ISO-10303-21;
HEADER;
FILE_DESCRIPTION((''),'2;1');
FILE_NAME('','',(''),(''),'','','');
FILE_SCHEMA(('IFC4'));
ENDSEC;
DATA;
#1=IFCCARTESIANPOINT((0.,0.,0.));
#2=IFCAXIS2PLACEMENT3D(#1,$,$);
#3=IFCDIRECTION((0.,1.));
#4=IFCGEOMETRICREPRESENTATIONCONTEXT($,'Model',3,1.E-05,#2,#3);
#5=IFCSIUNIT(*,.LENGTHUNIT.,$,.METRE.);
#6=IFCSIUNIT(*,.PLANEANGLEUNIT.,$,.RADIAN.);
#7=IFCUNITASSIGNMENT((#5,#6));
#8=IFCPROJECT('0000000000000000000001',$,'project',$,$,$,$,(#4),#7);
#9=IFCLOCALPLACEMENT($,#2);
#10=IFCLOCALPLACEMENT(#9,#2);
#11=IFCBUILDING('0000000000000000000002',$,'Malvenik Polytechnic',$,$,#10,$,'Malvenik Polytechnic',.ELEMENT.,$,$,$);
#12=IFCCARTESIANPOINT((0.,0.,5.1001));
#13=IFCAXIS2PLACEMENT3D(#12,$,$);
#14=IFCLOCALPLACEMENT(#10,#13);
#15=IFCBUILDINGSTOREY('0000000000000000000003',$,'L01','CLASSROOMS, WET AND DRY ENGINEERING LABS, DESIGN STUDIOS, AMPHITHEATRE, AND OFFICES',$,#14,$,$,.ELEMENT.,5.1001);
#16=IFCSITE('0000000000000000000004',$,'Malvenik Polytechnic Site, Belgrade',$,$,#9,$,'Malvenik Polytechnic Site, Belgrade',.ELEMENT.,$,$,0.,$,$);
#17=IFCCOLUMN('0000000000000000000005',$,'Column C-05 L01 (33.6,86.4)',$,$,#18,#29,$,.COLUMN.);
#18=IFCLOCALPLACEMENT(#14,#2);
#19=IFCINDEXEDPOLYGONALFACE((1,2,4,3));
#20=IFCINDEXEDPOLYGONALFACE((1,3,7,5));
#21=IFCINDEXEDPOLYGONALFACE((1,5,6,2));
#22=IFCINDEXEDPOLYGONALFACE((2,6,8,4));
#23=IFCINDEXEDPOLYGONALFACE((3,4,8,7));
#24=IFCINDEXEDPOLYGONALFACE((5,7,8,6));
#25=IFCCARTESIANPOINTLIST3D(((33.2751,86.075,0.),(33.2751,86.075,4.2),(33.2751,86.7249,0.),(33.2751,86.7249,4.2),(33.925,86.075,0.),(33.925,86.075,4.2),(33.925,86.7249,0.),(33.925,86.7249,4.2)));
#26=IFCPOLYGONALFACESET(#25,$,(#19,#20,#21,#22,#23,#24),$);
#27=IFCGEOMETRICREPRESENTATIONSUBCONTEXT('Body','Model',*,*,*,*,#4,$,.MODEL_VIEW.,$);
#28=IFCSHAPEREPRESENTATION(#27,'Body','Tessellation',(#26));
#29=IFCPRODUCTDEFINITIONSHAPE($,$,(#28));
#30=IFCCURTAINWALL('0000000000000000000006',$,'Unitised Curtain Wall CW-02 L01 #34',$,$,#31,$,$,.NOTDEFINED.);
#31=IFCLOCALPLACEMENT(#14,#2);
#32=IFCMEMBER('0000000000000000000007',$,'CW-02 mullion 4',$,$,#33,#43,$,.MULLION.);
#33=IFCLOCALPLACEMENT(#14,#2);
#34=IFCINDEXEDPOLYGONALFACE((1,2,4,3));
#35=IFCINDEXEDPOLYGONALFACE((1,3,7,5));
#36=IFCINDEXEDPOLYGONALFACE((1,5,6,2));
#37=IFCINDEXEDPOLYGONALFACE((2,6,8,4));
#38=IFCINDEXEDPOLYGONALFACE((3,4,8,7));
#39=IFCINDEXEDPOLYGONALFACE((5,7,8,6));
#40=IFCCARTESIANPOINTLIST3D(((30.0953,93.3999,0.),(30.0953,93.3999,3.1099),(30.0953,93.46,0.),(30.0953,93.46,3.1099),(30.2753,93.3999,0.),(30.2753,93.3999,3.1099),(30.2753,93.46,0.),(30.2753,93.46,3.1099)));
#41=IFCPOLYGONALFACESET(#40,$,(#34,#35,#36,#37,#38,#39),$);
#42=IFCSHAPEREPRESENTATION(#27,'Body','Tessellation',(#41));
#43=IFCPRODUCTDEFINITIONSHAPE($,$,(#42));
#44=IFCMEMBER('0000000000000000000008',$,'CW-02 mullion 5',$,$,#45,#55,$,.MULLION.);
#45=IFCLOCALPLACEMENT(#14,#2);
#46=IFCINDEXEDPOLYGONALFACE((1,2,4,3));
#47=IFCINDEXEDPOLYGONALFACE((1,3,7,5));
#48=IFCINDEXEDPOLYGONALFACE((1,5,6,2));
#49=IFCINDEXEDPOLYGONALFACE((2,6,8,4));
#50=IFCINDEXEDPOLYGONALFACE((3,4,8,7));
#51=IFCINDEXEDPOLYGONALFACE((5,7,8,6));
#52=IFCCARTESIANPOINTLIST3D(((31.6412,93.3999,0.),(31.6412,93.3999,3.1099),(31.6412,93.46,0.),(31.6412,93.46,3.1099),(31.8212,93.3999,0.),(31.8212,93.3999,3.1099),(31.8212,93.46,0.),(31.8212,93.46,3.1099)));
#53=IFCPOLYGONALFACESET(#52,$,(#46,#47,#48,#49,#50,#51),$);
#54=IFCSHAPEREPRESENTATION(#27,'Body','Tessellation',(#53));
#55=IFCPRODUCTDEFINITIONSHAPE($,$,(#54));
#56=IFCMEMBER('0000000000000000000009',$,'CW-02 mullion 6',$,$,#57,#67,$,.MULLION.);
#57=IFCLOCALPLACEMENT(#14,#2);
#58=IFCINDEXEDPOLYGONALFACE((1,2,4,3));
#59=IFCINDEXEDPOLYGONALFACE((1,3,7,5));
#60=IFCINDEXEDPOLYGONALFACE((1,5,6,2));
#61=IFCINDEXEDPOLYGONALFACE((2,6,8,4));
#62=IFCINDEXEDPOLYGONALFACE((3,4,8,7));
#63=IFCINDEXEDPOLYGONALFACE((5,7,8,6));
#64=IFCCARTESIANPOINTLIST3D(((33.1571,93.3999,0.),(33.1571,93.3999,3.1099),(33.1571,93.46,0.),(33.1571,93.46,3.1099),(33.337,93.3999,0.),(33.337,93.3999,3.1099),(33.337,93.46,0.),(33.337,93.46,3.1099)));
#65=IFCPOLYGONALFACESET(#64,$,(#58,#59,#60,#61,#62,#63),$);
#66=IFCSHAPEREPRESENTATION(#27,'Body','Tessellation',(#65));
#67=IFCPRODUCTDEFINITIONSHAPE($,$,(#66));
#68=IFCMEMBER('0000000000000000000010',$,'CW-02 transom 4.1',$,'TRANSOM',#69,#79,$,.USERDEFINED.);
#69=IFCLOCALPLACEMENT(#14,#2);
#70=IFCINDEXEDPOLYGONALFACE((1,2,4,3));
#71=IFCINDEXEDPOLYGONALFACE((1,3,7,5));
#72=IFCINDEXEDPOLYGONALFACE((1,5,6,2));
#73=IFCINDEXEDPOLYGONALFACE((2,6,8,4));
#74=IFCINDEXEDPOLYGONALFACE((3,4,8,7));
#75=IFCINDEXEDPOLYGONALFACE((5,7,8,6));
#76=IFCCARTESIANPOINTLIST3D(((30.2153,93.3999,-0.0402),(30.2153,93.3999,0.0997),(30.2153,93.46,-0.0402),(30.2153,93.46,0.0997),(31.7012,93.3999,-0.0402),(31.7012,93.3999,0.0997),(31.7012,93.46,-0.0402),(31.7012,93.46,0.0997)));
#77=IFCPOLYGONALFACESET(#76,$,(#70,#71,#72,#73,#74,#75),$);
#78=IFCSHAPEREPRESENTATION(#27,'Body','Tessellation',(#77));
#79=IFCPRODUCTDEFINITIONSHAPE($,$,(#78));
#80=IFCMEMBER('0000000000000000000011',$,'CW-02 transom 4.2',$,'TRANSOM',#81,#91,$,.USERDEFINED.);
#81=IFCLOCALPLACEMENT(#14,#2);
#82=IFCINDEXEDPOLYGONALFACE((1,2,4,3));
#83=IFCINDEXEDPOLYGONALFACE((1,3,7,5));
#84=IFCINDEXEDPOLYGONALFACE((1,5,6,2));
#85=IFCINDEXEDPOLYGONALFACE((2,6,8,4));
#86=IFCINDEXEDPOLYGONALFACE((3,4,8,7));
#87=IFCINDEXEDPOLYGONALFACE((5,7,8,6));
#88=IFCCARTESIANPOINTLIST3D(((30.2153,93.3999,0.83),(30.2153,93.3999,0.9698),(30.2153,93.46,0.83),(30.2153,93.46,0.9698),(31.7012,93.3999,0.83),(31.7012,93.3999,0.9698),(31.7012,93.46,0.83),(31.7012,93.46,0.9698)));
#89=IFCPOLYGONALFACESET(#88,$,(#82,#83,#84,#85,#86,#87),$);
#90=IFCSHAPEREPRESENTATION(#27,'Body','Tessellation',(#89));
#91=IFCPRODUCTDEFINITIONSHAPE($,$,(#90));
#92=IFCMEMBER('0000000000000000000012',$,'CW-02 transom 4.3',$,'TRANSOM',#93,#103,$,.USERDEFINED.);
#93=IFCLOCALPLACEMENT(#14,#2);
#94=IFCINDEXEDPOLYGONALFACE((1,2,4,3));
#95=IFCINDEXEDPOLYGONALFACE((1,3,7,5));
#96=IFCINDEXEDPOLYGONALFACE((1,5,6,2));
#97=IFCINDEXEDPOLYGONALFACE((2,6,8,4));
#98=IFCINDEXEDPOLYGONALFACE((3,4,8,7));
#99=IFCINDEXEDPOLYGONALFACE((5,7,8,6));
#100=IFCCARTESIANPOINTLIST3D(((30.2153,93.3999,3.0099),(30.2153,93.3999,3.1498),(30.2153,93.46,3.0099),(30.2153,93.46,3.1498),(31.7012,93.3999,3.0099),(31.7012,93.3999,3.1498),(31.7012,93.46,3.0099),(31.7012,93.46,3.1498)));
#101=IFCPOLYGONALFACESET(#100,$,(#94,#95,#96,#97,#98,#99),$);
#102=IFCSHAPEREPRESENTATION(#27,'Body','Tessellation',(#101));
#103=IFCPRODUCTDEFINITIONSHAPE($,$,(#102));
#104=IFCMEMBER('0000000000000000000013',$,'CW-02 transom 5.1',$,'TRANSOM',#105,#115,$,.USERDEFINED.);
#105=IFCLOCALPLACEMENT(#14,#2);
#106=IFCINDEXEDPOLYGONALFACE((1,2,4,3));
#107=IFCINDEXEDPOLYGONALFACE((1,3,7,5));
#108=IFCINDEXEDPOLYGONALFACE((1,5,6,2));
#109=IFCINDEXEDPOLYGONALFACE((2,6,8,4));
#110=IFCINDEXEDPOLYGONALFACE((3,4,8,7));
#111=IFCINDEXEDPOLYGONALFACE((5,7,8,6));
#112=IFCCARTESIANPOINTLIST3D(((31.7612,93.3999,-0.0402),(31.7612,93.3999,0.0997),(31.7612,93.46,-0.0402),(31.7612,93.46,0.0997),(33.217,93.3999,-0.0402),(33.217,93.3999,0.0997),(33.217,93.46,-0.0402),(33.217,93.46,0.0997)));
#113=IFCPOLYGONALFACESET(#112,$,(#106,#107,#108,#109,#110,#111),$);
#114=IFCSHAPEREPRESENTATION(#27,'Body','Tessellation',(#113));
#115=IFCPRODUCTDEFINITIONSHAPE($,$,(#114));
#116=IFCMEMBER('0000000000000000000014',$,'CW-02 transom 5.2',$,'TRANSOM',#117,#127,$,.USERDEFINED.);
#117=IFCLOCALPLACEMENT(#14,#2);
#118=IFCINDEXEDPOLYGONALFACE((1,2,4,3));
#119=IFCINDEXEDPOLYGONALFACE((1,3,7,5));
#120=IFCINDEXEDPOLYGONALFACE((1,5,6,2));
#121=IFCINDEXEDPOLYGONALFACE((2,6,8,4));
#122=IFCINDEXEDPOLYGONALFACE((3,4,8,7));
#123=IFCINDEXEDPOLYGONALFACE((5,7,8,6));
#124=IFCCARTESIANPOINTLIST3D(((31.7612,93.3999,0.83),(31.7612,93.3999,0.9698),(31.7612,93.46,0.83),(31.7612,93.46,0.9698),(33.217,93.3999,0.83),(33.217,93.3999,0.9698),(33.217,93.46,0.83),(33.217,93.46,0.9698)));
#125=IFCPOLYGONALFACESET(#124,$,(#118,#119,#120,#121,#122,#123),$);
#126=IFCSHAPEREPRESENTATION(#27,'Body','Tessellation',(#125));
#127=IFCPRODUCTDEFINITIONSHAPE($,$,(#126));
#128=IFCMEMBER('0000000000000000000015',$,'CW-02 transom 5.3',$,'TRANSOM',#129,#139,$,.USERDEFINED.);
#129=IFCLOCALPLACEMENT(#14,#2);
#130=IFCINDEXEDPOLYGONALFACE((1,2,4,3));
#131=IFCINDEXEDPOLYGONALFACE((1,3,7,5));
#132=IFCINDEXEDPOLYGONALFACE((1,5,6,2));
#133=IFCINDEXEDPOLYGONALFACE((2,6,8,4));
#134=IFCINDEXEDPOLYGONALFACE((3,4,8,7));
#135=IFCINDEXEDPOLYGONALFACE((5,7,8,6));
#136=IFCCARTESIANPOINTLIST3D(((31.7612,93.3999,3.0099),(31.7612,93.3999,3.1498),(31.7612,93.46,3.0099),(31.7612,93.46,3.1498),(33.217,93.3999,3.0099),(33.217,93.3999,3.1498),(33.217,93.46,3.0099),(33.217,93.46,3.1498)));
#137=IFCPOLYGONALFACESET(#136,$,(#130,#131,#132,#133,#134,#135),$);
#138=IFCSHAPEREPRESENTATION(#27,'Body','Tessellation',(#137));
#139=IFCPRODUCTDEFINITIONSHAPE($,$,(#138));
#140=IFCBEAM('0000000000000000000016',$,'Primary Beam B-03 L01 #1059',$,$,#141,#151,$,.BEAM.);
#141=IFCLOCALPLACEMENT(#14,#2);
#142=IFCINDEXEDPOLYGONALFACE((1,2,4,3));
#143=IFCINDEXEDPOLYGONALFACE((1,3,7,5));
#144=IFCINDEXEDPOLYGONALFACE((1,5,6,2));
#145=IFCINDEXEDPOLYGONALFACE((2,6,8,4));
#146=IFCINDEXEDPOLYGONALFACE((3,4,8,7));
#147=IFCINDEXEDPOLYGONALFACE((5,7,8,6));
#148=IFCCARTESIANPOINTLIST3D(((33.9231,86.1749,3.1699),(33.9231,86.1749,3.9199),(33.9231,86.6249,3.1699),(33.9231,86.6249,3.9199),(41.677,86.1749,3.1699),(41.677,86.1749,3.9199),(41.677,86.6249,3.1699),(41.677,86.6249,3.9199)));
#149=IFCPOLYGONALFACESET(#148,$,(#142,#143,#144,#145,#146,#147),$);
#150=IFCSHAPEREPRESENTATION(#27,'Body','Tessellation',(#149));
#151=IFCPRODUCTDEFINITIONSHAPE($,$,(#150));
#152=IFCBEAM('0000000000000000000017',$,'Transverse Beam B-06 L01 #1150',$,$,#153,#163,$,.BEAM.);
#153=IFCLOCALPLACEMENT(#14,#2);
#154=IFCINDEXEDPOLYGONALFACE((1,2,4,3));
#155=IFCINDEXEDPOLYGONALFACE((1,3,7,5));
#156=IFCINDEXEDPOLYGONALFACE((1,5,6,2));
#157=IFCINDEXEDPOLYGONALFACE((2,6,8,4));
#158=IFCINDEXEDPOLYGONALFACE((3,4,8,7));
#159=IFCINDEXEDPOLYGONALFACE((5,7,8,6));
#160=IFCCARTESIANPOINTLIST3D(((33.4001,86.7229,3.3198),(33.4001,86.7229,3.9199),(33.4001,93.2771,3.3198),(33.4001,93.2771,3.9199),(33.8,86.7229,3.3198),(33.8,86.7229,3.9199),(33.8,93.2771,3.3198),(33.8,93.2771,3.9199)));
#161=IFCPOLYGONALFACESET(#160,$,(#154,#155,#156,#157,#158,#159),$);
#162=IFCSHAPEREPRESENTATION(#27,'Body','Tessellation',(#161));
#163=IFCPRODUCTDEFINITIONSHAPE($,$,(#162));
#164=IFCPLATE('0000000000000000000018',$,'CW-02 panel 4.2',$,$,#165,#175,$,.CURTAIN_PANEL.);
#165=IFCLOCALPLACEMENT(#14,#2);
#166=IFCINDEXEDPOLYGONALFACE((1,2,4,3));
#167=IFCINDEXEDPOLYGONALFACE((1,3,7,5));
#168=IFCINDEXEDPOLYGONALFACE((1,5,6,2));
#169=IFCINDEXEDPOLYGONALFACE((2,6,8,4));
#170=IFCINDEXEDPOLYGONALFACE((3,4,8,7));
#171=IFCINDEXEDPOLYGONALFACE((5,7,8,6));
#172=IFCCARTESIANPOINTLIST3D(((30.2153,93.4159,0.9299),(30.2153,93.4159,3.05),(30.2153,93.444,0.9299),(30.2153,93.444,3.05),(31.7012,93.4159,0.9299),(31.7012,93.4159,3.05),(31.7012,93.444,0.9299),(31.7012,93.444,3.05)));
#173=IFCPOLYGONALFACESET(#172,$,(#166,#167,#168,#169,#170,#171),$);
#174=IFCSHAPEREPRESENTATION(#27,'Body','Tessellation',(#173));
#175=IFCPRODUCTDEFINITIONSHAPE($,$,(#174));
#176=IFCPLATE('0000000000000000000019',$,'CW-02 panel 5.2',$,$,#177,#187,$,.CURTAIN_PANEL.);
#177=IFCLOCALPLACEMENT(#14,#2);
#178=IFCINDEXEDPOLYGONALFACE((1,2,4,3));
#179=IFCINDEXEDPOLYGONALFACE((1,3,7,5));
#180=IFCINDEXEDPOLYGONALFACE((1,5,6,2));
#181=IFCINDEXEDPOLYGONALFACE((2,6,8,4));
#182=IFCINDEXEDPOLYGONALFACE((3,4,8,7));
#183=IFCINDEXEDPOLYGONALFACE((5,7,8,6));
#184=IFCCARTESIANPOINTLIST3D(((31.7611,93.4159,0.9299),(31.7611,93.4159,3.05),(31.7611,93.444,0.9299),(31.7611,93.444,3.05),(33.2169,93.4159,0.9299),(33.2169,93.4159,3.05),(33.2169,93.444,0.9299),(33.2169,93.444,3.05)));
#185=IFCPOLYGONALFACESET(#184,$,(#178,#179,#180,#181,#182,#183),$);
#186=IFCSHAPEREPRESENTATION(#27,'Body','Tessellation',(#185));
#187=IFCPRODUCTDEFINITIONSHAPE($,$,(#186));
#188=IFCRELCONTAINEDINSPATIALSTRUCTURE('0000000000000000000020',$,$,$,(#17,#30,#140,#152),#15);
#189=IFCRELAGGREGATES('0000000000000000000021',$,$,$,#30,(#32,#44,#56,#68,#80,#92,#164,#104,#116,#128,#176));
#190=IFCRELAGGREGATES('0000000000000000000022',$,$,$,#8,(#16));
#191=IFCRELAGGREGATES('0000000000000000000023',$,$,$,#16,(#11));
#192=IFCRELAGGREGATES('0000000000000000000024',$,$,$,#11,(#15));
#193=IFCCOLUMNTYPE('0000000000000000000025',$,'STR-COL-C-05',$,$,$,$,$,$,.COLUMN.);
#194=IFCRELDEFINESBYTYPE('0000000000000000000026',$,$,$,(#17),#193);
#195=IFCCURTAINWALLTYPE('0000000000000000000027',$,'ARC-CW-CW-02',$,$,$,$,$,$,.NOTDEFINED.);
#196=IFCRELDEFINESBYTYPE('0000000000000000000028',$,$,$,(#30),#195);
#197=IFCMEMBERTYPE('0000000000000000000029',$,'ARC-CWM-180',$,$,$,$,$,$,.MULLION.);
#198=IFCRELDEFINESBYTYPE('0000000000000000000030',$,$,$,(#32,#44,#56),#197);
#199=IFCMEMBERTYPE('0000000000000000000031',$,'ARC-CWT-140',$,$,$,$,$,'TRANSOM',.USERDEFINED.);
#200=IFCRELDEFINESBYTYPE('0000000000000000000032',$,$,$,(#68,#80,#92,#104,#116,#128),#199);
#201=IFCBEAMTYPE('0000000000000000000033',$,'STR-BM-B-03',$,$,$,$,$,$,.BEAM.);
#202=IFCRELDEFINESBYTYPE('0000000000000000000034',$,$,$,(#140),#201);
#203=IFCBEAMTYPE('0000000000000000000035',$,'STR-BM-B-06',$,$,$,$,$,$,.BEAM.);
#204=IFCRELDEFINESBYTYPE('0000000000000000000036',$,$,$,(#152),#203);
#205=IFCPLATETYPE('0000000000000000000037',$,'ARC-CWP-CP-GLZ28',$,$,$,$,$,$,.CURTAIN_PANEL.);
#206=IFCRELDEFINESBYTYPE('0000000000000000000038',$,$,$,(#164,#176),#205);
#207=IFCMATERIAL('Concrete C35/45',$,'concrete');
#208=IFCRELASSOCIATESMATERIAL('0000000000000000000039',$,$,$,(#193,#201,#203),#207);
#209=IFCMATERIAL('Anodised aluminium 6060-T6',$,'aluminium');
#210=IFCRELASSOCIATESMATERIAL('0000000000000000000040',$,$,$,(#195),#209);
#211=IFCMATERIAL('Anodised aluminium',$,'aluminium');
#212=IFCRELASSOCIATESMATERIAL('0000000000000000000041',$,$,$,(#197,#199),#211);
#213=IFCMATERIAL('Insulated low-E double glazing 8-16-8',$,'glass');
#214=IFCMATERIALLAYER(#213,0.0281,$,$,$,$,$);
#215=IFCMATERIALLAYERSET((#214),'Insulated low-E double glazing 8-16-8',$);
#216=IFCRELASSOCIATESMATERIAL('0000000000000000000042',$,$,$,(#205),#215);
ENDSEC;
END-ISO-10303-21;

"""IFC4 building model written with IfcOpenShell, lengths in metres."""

from ifc_helpers import new_model, si_unit, direction, frame, origin, origin_2d, place, context, subcontext, project, spatial, rectangle, extrude, material, layer, layer_set, material_profile, profile_set, type_object, element, aggregate, save


model = new_model("IFC4")

# Units and contexts
model_context = context("Model", 3, precision=1e-05, world=origin(), true_north=direction((0.0, 1.0)))
body_context = subcontext(model_context, "Body", "Model", "MODEL_VIEW")
ifc_project = project(units=[si_unit("LENGTHUNIT", "METRE"), si_unit("PLANEANGLEUNIT", "RADIAN")], contexts=[model_context])

# Site, building, storey
site_placement = place(None, origin())
site = spatial("IfcSite", under=ifc_project, at=site_placement, Name="Malvenik Polytechnic Site, Belgrade", LongName="Malvenik Polytechnic Site, Belgrade", CompositionType="ELEMENT", RefElevation=0.0)
building_placement = place(site_placement, origin())
building = spatial("IfcBuilding", under=site, at=building_placement, Name="Malvenik Polytechnic", LongName="Malvenik Polytechnic", CompositionType="ELEMENT")
storey_placement = place(building_placement, frame((0.0, 0.0, 5.1001)))
storey = spatial("IfcBuildingStorey", under=building, at=storey_placement, Name="L01", Description="CLASSROOMS, WET AND DRY ENGINEERING LABS, DESIGN STUDIOS, AMPHITHEATRE, AND OFFICES", CompositionType="ELEMENT", Elevation=5.1001)

# Column
ifc_material_1 = material(Name="Concrete C35/45", Category="concrete")
ifc_material_profile_1 = material_profile(ifc_material_1, rectangle(XDim=0.6499, YDim=0.6499, at=origin_2d()), Name="RC COL 650x650")
ifc_profile_set_1 = profile_set([ifc_material_profile_1], Name="Concrete C35/45")
column_type = type_object("IfcColumnType", Name="STR-COL-C-05", PredefinedType="COLUMN", material=ifc_profile_set_1)
column_placement = place(storey_placement, frame((33.6001, 86.3999, 0.0), z_axis=(0.0, 0.0, 1.0), x_axis=(1.0, 0.0, 0.0)))
element("IfcColumn", 1, at=column_placement, inside=storey, type_object=column_type, Name="Column C-05 L01 (33.6,86.4)", PredefinedType="COLUMN", context=body_context, shape_type="SweptSolid", body=[
    extrude(rectangle(XDim=0.6499, YDim=0.6499, at=origin_2d()), origin(), (0.0, 0.0, 1.0), 4.2),
])

# Curtain wall, members
ifc_material_2 = material(Name="Anodised aluminium 6060-T6", Category="aluminium")
curtain_wall_type = type_object("IfcCurtainWallType", Name="ARC-CW-CW-02", PredefinedType="NOTDEFINED", material=ifc_material_2)
curtain_wall_placement = place(storey_placement, origin())
curtain_wall = element("IfcCurtainWall", 2, at=curtain_wall_placement, inside=storey, type_object=curtain_wall_type, Name="Unitised Curtain Wall CW-02 L01 #34", PredefinedType="NOTDEFINED")
ifc_material_3 = material(Name="Anodised aluminium", Category="aluminium")
ifc_material_profile_2 = material_profile(ifc_material_3, rectangle(XDim=0.0601, YDim=0.1799, at=origin_2d()), Name="ALU MULLION 60x180")
ifc_profile_set_2 = profile_set([ifc_material_profile_2], Name="Anodised aluminium")
member_type_1 = type_object("IfcMemberType", Name="ARC-CWM-180", PredefinedType="MULLION", material=ifc_profile_set_2)
member_1_placement = place(storey_placement, frame((30.1853, 93.4299, 0.0), z_axis=(0.0, 0.0, 1.0), x_axis=(0.0, 1.0, 0.0)))
member_1 = element("IfcMember", 3, at=member_1_placement, type_object=member_type_1, Name="CW-02 mullion 4", PredefinedType="MULLION", context=body_context, shape_type="SweptSolid", body=[
    extrude(rectangle(XDim=0.0601, YDim=0.1799, at=origin_2d()), origin(), (0.0, 0.0, 1.0), 3.1099),
])
member_2_placement = place(storey_placement, frame((31.7312, 93.4299, 0.0), z_axis=(0.0, 0.0, 1.0), x_axis=(0.0, 1.0, 0.0)))
member_2 = element("IfcMember", 4, at=member_2_placement, type_object=member_type_1, Name="CW-02 mullion 5", PredefinedType="MULLION", context=body_context, shape_type="SweptSolid", body=[
    extrude(rectangle(XDim=0.0601, YDim=0.1799, at=origin_2d()), origin(), (0.0, 0.0, 1.0), 3.1099),
])
member_3_placement = place(storey_placement, frame((33.2471, 93.4299, 0.0), z_axis=(0.0, 0.0, 1.0), x_axis=(0.0, 1.0, 0.0)))
member_3 = element("IfcMember", 5, at=member_3_placement, type_object=member_type_1, Name="CW-02 mullion 6", PredefinedType="MULLION", context=body_context, shape_type="SweptSolid", body=[
    extrude(rectangle(XDim=0.0601, YDim=0.1799, at=origin_2d()), origin(), (0.0, 0.0, 1.0), 3.1099),
])
ifc_material_profile_3 = material_profile(ifc_material_3, rectangle(XDim=0.0601, YDim=0.1399, at=origin_2d()), Name="ALU TRANSOM 60x140")
ifc_profile_set_3 = profile_set([ifc_material_profile_3], Name="Anodised aluminium")
member_type_2 = type_object("IfcMemberType", Name="ARC-CWT-140", ElementType="TRANSOM", PredefinedType="USERDEFINED", material=ifc_profile_set_3)
member_4_placement = place(storey_placement, frame((30.2153, 93.4299, 0.0298), z_axis=(1.0, 0.0, 0.0), x_axis=(0.0, 1.0, 0.0)))
member_4 = element("IfcMember", 6, at=member_4_placement, type_object=member_type_2, Name="CW-02 transom 4.1", ObjectType="TRANSOM", PredefinedType="USERDEFINED", context=body_context, shape_type="SweptSolid", body=[
    extrude(rectangle(XDim=0.0601, YDim=0.1399, at=origin_2d()), origin(), (0.0, 0.0, 1.0), 1.4858),
])
member_5_placement = place(storey_placement, frame((30.2153, 93.4299, 0.8999), z_axis=(1.0, 0.0, 0.0), x_axis=(0.0, 1.0, 0.0)))
member_5 = element("IfcMember", 7, at=member_5_placement, type_object=member_type_2, Name="CW-02 transom 4.2", ObjectType="TRANSOM", PredefinedType="USERDEFINED", context=body_context, shape_type="SweptSolid", body=[
    extrude(rectangle(XDim=0.0601, YDim=0.1399, at=origin_2d()), origin(), (0.0, 0.0, 1.0), 1.4858),
])
member_6_placement = place(storey_placement, frame((30.2153, 93.4299, 3.0798), z_axis=(1.0, 0.0, 0.0), x_axis=(0.0, 1.0, 0.0)))
member_6 = element("IfcMember", 8, at=member_6_placement, type_object=member_type_2, Name="CW-02 transom 4.3", ObjectType="TRANSOM", PredefinedType="USERDEFINED", context=body_context, shape_type="SweptSolid", body=[
    extrude(rectangle(XDim=0.0601, YDim=0.1399, at=origin_2d()), origin(), (0.0, 0.0, 1.0), 1.4858),
])
member_7_placement = place(storey_placement, frame((31.7612, 93.4299, 0.0298), z_axis=(1.0, 0.0, 0.0), x_axis=(0.0, 1.0, 0.0)))
member_7 = element("IfcMember", 9, at=member_7_placement, type_object=member_type_2, Name="CW-02 transom 5.1", ObjectType="TRANSOM", PredefinedType="USERDEFINED", context=body_context, shape_type="SweptSolid", body=[
    extrude(rectangle(XDim=0.0601, YDim=0.1399, at=origin_2d()), origin(), (0.0, 0.0, 1.0), 1.4558),
])
member_8_placement = place(storey_placement, frame((31.7612, 93.4299, 0.8999), z_axis=(1.0, 0.0, 0.0), x_axis=(0.0, 1.0, 0.0)))
member_8 = element("IfcMember", 10, at=member_8_placement, type_object=member_type_2, Name="CW-02 transom 5.2", ObjectType="TRANSOM", PredefinedType="USERDEFINED", context=body_context, shape_type="SweptSolid", body=[
    extrude(rectangle(XDim=0.0601, YDim=0.1399, at=origin_2d()), origin(), (0.0, 0.0, 1.0), 1.4558),
])
member_9_placement = place(storey_placement, frame((31.7612, 93.4299, 3.0798), z_axis=(1.0, 0.0, 0.0), x_axis=(0.0, 1.0, 0.0)))
member_9 = element("IfcMember", 11, at=member_9_placement, type_object=member_type_2, Name="CW-02 transom 5.3", ObjectType="TRANSOM", PredefinedType="USERDEFINED", context=body_context, shape_type="SweptSolid", body=[
    extrude(rectangle(XDim=0.0601, YDim=0.1399, at=origin_2d()), origin(), (0.0, 0.0, 1.0), 1.4558),
])

# Beams
ifc_material_profile_4 = material_profile(ifc_material_1, rectangle(XDim=0.45, YDim=0.75, at=origin_2d()), Name="RC BM 450x750")
ifc_profile_set_4 = profile_set([ifc_material_profile_4], Name="Concrete C35/45")
beam_type_1 = type_object("IfcBeamType", Name="STR-BM-B-03", PredefinedType="BEAM", material=ifc_profile_set_4)
beam_1_placement = place(storey_placement, frame((33.9231, 86.3999, 3.5449), z_axis=(1.0, 0.0, 0.0), x_axis=(0.0, 1.0, 0.0)))
element("IfcBeam", 12, at=beam_1_placement, inside=storey, type_object=beam_type_1, Name="Primary Beam B-03 L01 #1059", PredefinedType="BEAM", context=body_context, shape_type="SweptSolid", body=[
    extrude(rectangle(XDim=0.45, YDim=0.75, at=origin_2d()), origin(), (0.0, 0.0, 1.0), 7.7539),
])
ifc_material_profile_5 = material_profile(ifc_material_1, rectangle(XDim=0.3999, YDim=0.6001, at=origin_2d()), Name="RC BM 400x600")
ifc_profile_set_5 = profile_set([ifc_material_profile_5], Name="Concrete C35/45")
beam_type_2 = type_object("IfcBeamType", Name="STR-BM-B-06", PredefinedType="BEAM", material=ifc_profile_set_5)
beam_2_placement = place(storey_placement, frame((33.6001, 86.7229, 3.6199), z_axis=(0.0, 1.0, 0.0), x_axis=(-1.0, 0.0, 0.0)))
element("IfcBeam", 13, at=beam_2_placement, inside=storey, type_object=beam_type_2, Name="Transverse Beam B-06 L01 #1150", PredefinedType="BEAM", context=body_context, shape_type="SweptSolid", body=[
    extrude(rectangle(XDim=0.3999, YDim=0.6001, at=origin_2d()), origin(), (0.0, 0.0, 1.0), 6.5542),
])

# Plates
ifc_material_4 = material(Name="Insulated low-E double glazing 8-16-8", Category="glass")
ifc_layer_1 = layer(ifc_material_4, 0.0281)
ifc_layer_set_1 = layer_set([ifc_layer_1], Name="Insulated low-E double glazing 8-16-8")
plate_type_1 = type_object("IfcPlateType", Name="ARC-CWP-CP-GLZ28", PredefinedType="CURTAIN_PANEL", material=ifc_layer_set_1)
plate_1_placement = place(storey_placement, frame((30.9583, 93.4299, 0.9299), z_axis=(0.0, 0.0, 1.0), x_axis=(1.0, 0.0, 0.0)))
plate_1 = element("IfcPlate", 14, at=plate_1_placement, type_object=plate_type_1, Name="CW-02 panel 4.2", PredefinedType="CURTAIN_PANEL", context=body_context, shape_type="SweptSolid", body=[
    extrude(rectangle(XDim=1.4858, YDim=0.0281, at=origin_2d()), origin(), (0.0, 0.0, 1.0), 2.1201),
])
plate_2_placement = place(storey_placement, frame((32.489, 93.4299, 0.9299), z_axis=(0.0, 0.0, 1.0), x_axis=(1.0, 0.0, 0.0)))
plate_2 = element("IfcPlate", 15, at=plate_2_placement, type_object=plate_type_1, Name="CW-02 panel 5.2", PredefinedType="CURTAIN_PANEL", context=body_context, shape_type="SweptSolid", body=[
    extrude(rectangle(XDim=1.4558, YDim=0.0281, at=origin_2d()), origin(), (0.0, 0.0, 1.0), 2.1201),
])
aggregate(curtain_wall, [member_1, member_2, member_3, member_4, member_5, member_6, plate_1, member_7, member_8, member_9, plate_2])

save(model, "model.ifc")
